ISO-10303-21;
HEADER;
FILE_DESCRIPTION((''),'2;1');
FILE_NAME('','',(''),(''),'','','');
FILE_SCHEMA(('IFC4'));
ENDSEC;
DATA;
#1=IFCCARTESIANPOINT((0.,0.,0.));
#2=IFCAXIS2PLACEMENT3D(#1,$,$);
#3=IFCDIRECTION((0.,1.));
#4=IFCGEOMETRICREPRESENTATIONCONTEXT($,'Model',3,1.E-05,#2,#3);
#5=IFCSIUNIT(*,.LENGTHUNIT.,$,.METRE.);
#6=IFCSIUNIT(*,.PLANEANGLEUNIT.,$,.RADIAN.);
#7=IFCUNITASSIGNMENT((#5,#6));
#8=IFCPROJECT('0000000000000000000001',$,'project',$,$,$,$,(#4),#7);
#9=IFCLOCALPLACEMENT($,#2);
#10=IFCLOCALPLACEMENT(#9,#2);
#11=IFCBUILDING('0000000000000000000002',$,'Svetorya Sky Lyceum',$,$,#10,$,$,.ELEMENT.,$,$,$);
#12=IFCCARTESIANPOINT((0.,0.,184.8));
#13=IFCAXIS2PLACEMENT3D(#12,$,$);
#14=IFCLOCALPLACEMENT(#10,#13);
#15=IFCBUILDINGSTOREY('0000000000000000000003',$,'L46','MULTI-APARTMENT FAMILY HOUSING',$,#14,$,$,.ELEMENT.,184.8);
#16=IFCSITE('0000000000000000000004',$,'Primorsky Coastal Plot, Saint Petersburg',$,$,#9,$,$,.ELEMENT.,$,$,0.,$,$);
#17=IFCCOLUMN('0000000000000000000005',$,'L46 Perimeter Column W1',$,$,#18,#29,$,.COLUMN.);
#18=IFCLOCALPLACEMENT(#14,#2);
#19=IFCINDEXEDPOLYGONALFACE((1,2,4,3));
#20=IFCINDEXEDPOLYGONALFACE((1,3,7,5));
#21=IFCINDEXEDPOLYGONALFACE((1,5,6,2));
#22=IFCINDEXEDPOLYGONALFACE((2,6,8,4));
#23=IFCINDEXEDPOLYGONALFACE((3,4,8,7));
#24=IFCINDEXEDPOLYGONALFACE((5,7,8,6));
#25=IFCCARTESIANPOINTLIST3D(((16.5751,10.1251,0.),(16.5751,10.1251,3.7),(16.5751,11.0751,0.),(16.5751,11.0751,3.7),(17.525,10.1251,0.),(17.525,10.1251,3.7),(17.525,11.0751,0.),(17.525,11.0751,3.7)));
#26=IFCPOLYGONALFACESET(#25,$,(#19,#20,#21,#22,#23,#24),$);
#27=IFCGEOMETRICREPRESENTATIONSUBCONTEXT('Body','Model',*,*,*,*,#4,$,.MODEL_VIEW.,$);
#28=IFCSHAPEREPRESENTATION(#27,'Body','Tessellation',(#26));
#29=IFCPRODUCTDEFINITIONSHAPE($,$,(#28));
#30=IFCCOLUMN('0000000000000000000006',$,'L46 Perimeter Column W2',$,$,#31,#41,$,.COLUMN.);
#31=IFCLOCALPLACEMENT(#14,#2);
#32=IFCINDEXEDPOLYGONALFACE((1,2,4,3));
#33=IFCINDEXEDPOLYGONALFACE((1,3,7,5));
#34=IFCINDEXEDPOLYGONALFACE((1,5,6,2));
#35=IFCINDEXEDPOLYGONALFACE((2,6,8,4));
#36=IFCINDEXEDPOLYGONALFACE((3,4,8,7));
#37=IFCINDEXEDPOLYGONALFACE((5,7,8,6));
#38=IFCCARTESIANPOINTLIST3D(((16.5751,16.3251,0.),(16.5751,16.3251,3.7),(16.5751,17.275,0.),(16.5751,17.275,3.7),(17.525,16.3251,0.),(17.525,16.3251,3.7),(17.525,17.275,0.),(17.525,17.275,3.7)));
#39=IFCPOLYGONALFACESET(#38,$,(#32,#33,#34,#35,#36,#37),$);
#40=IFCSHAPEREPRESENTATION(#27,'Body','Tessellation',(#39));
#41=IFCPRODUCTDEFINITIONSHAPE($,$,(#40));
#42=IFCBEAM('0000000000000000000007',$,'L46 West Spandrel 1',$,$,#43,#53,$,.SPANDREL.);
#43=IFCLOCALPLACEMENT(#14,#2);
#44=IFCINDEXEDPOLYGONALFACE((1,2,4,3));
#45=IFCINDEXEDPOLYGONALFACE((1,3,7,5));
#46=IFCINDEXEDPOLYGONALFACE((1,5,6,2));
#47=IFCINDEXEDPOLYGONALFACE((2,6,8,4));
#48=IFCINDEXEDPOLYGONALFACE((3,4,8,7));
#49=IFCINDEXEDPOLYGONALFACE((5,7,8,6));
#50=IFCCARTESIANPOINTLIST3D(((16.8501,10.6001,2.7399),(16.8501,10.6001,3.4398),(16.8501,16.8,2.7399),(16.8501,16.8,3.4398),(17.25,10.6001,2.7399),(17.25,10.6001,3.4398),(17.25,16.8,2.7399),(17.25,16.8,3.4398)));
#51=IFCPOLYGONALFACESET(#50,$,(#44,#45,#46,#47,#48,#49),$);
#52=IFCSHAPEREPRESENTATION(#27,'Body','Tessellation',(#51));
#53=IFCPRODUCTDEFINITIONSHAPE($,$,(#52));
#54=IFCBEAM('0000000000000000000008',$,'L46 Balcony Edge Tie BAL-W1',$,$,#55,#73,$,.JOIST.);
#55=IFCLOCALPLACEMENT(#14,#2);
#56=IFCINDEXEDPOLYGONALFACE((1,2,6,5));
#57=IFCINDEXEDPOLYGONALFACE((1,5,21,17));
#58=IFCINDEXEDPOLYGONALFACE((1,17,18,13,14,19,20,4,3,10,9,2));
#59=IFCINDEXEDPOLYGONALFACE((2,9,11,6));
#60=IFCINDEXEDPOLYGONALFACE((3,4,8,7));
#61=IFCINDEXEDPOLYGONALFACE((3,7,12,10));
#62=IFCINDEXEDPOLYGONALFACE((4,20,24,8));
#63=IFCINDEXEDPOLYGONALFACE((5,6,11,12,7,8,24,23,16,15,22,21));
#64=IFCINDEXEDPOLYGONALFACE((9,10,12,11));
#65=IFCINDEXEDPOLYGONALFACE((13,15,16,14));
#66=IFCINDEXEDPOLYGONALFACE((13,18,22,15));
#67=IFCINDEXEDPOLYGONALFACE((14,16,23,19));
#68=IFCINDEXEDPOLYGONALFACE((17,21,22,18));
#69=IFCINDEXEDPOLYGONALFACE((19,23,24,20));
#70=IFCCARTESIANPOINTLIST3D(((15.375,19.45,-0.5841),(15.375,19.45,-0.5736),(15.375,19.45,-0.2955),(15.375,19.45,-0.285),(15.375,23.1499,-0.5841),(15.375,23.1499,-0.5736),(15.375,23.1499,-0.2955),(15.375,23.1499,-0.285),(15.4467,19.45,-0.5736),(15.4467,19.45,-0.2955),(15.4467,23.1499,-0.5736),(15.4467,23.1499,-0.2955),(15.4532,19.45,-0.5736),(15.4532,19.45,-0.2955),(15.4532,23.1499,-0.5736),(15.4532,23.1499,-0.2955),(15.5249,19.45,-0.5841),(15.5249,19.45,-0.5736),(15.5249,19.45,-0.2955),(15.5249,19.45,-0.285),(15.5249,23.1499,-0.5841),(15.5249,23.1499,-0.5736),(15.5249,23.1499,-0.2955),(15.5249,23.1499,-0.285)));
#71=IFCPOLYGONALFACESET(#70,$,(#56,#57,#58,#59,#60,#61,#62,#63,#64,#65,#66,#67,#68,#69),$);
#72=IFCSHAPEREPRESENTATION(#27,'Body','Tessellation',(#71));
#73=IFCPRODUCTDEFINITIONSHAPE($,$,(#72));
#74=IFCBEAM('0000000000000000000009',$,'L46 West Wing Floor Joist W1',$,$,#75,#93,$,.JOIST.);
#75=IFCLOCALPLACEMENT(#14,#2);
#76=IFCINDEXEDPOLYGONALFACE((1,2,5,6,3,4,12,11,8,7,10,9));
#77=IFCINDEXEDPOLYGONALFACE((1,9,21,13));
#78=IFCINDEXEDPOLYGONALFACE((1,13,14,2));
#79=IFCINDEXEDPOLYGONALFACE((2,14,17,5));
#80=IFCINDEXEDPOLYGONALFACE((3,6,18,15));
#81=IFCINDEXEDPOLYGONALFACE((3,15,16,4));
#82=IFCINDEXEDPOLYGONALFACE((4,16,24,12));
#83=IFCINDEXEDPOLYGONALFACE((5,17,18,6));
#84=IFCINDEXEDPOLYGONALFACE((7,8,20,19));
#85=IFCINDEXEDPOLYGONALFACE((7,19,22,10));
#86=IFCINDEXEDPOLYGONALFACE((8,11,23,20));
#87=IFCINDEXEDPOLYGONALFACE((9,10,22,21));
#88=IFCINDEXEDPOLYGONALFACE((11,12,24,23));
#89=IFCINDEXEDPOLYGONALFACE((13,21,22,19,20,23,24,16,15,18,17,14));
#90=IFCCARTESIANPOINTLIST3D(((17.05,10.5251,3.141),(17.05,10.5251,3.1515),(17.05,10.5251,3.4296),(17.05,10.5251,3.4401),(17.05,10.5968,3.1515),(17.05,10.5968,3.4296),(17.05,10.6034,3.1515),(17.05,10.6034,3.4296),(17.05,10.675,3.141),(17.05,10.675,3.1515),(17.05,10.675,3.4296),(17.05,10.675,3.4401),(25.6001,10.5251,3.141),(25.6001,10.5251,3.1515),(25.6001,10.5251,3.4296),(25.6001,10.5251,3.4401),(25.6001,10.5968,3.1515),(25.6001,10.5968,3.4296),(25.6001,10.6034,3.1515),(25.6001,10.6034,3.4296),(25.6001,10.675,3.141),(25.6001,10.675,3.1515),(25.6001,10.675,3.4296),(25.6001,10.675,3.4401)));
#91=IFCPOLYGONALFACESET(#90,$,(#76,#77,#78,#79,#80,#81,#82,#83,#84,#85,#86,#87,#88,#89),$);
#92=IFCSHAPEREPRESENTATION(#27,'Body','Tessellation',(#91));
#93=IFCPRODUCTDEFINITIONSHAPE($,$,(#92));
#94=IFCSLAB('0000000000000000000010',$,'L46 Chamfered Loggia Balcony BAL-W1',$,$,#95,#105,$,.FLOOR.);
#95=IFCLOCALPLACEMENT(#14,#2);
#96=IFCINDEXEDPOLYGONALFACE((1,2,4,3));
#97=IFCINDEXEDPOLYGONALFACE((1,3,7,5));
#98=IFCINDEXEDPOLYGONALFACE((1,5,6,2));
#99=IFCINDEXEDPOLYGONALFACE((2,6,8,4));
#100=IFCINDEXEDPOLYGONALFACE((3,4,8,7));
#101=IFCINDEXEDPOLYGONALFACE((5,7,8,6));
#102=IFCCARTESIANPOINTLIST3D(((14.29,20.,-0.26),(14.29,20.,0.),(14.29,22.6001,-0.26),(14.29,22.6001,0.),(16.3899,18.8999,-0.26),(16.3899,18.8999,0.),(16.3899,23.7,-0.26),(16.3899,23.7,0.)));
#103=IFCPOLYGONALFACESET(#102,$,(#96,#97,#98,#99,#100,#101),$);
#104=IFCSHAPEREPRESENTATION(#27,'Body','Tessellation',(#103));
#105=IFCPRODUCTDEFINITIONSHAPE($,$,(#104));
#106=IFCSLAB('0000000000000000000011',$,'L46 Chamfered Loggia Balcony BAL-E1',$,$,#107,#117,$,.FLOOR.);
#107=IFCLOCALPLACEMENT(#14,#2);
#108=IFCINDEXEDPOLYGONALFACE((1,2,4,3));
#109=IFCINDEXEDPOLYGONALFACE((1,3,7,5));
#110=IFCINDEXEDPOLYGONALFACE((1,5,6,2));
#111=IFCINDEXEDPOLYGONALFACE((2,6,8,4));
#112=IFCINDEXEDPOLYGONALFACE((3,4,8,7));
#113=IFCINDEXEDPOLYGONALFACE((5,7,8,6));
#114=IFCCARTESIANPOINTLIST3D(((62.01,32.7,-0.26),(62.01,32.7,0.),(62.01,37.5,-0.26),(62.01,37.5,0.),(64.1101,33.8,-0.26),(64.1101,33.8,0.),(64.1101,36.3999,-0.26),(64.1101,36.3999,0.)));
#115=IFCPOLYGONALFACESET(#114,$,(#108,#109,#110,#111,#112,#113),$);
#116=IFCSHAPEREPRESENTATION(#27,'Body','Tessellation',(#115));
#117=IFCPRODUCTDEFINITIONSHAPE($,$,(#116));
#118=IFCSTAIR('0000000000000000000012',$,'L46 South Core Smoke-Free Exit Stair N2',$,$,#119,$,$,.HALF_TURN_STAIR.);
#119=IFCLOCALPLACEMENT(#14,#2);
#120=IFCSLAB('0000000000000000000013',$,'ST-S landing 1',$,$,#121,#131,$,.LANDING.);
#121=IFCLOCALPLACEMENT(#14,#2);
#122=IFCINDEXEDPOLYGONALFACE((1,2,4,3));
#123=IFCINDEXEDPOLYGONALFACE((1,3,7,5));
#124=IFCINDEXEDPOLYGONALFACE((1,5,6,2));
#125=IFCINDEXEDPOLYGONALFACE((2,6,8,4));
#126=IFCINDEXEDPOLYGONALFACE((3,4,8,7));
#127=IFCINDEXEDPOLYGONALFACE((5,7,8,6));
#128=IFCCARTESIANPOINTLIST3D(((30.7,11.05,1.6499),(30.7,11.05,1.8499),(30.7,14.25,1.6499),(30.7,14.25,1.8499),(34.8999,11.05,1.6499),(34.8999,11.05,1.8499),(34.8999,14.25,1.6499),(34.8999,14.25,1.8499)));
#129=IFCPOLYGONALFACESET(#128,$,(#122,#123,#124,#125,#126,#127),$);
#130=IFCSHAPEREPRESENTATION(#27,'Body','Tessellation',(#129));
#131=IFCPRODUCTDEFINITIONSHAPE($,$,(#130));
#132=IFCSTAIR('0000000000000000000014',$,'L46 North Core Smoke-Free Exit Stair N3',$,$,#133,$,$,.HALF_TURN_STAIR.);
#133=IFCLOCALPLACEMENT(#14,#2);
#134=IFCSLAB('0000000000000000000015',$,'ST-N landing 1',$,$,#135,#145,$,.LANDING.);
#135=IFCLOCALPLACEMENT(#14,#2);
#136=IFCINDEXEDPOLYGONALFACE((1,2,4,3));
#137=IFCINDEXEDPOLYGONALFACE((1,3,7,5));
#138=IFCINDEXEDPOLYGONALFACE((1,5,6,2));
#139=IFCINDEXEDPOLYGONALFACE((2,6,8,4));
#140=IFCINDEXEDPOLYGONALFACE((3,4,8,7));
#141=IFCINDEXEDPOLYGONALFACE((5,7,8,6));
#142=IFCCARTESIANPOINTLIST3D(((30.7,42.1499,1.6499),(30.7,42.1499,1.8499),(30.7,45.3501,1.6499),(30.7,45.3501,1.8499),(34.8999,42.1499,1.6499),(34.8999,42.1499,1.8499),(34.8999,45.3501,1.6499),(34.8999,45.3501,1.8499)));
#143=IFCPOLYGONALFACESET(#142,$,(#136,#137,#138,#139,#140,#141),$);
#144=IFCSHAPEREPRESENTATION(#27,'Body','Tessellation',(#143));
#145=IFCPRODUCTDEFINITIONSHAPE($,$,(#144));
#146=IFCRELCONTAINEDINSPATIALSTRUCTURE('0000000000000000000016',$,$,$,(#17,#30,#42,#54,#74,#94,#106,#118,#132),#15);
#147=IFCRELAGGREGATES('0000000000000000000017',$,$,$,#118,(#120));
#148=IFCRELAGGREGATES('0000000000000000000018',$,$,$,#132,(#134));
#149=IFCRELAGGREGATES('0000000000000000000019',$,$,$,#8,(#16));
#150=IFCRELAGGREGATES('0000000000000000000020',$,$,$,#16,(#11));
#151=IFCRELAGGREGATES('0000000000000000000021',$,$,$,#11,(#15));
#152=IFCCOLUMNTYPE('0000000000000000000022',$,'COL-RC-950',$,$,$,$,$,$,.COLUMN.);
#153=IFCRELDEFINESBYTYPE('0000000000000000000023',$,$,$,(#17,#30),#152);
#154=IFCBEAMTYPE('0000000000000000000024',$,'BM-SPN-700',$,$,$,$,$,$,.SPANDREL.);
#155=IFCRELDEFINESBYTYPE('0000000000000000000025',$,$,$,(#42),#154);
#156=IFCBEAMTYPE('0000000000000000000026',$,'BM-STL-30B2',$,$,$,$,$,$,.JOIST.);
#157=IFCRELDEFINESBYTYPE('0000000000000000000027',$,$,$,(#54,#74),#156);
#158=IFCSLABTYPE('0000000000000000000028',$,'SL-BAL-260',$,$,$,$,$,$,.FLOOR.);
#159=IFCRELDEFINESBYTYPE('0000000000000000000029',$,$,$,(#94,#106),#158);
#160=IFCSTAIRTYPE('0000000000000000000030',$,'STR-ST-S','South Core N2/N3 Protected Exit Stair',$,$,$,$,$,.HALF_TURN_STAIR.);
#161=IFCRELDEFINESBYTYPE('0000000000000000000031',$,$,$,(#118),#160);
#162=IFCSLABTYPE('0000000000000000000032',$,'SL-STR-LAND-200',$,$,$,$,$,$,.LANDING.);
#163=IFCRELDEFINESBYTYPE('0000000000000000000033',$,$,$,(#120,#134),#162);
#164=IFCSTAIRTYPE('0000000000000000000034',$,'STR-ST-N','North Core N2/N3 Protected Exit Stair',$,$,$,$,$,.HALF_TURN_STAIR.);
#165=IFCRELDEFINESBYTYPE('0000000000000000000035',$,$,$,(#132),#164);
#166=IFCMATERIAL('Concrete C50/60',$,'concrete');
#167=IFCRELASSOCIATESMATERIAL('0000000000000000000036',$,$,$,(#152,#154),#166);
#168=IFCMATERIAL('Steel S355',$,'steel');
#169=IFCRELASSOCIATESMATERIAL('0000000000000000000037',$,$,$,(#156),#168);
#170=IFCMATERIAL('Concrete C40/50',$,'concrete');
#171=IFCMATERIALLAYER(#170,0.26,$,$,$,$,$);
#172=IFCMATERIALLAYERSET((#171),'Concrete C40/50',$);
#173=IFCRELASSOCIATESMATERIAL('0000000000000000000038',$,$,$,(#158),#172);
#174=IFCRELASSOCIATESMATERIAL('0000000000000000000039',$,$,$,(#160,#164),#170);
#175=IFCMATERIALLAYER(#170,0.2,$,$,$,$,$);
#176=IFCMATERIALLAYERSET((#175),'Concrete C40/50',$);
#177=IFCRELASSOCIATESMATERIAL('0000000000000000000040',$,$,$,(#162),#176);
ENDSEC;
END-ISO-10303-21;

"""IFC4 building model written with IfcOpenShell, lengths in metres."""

from ifc_helpers import new_model, si_unit, direction, frame, origin, origin_2d, place, context, subcontext, project, spatial, polyline, rectangle, i_section, outline, extrude, material, layer, layer_set, material_profile, profile_set, type_object, element, aggregate, save


model = new_model("IFC4")

# Units and contexts
model_context = context("Model", 3, precision=1e-05, world=origin(), true_north=direction((0.0, 1.0)))
body_context = subcontext(model_context, "Body", "Model", "MODEL_VIEW")
ifc_project = project(units=[si_unit("LENGTHUNIT", "METRE"), si_unit("PLANEANGLEUNIT", "RADIAN")], contexts=[model_context])

# Site, building, storey
site_placement = place(None, origin())
site = spatial("IfcSite", under=ifc_project, at=site_placement, Name="Primorsky Coastal Plot, Saint Petersburg", CompositionType="ELEMENT", RefElevation=0.0)
building_placement = place(site_placement, origin())
building = spatial("IfcBuilding", under=site, at=building_placement, Name="Svetorya Sky Lyceum", CompositionType="ELEMENT")
storey_placement = place(building_placement, frame((0.0, 0.0, 184.8)))
storey = spatial("IfcBuildingStorey", under=building, at=storey_placement, Name="L46", Description="MULTI-APARTMENT FAMILY HOUSING", CompositionType="ELEMENT", Elevation=184.8)

# Columns
ifc_material_1 = material(Name="Concrete C50/60", Category="concrete")
ifc_material_profile_1 = material_profile(ifc_material_1, rectangle(XDim=0.95, YDim=0.95, at=origin_2d()), Name="RC COL 950x950")
ifc_profile_set_1 = profile_set([ifc_material_profile_1], Name="Concrete C50/60")
column_type = type_object("IfcColumnType", Name="COL-RC-950", PredefinedType="COLUMN", material=ifc_profile_set_1)
for number, where, z_axis, x_axis, name in (
    (1, (17.05, 10.6001, 0.0), (0.0, 0.0, 1.0), (1.0, 0.0, 0.0), "L46 Perimeter Column W1"),
    (2, (17.05, 16.8, 0.0), (0.0, 0.0, 1.0), (1.0, 0.0, 0.0), "L46 Perimeter Column W2"),
):
    element("IfcColumn", number, at=place(storey_placement, frame(where, z_axis=z_axis, x_axis=x_axis)), inside=storey, type_object=column_type, Name=name, PredefinedType="COLUMN", context=body_context, shape_type="SweptSolid", body=[
        extrude(rectangle(XDim=0.95, YDim=0.95, at=origin_2d()), origin(), (0.0, 0.0, 1.0), 3.7),
    ])

# Beams
ifc_material_profile_2 = material_profile(ifc_material_1, rectangle(XDim=0.3999, YDim=0.7, at=origin_2d()), Name="RC SPANDREL 400x700")
ifc_profile_set_2 = profile_set([ifc_material_profile_2], Name="Concrete C50/60")
beam_type_1 = type_object("IfcBeamType", Name="BM-SPN-700", PredefinedType="SPANDREL", material=ifc_profile_set_2)
beam_1_placement = place(storey_placement, frame((17.05, 10.6001, 3.0898), z_axis=(0.0, 1.0, 0.0), x_axis=(-1.0, 0.0, 0.0)))
element("IfcBeam", 3, at=beam_1_placement, inside=storey, type_object=beam_type_1, Name="L46 West Spandrel 1", PredefinedType="SPANDREL", context=body_context, shape_type="SweptSolid", body=[
    extrude(rectangle(XDim=0.3999, YDim=0.7, at=origin_2d()), origin(), (0.0, 0.0, 1.0), 6.2),
])
ifc_material_2 = material(Name="Steel S355", Category="steel")
ifc_material_profile_3 = material_profile(ifc_material_2, i_section(OverallWidth=0.1499, OverallDepth=0.2991, WebThickness=0.0066, FlangeThickness=0.0105, at=origin_2d()), Name="GOST 30B2")
ifc_profile_set_3 = profile_set([ifc_material_profile_3], Name="Steel S355")
beam_type_2 = type_object("IfcBeamType", Name="BM-STL-30B2", PredefinedType="JOIST", material=ifc_profile_set_3)
beam_2_placement = place(storey_placement, frame((15.45, 19.45, -0.4346), z_axis=(0.0, 1.0, 0.0), x_axis=(-1.0, 0.0, 0.0)))
element("IfcBeam", 4, at=beam_2_placement, inside=storey, type_object=beam_type_2, Name="L46 Balcony Edge Tie BAL-W1", PredefinedType="JOIST", context=body_context, shape_type="SweptSolid", body=[
    extrude(i_section(OverallWidth=0.1499, OverallDepth=0.2991, WebThickness=0.0066, FlangeThickness=0.0105, at=origin_2d()), origin(), (0.0, 0.0, 1.0), 3.7),
])
beam_3_placement = place(storey_placement, frame((17.05, 10.6001, 3.2905), z_axis=(1.0, 0.0, 0.0), x_axis=(0.0, 1.0, 0.0)))
element("IfcBeam", 5, at=beam_3_placement, inside=storey, type_object=beam_type_2, Name="L46 West Wing Floor Joist W1", PredefinedType="JOIST", context=body_context, shape_type="SweptSolid", body=[
    extrude(i_section(OverallWidth=0.1499, OverallDepth=0.2991, WebThickness=0.0066, FlangeThickness=0.0105, at=origin_2d()), origin(), (0.0, 0.0, 1.0), 8.55),
])

# Slabs
ifc_material_3 = material(Name="Concrete C40/50", Category="concrete")
ifc_layer_1 = layer(ifc_material_3, 0.26)
ifc_layer_set_1 = layer_set([ifc_layer_1], Name="Concrete C40/50")
slab_type_1 = type_object("IfcSlabType", Name="SL-BAL-260", PredefinedType="FLOOR", material=ifc_layer_set_1)
slab_1_placement = place(storey_placement, frame((0.0, 0.0, -0.26)))
element("IfcSlab", 6, at=slab_1_placement, inside=storey, type_object=slab_type_1, Name="L46 Chamfered Loggia Balcony BAL-W1", PredefinedType="FLOOR", context=body_context, shape_type="SweptSolid", body=[
    extrude(outline(polyline([(16.3899, 18.8999), (16.3899, 23.7), (14.29, 22.6001), (14.29, 20.0), (16.3899, 18.8999)])), origin(), (0.0, 0.0, 1.0), 0.26),
])
slab_2_placement = place(storey_placement, frame((0.0, 0.0, -0.26)))
element("IfcSlab", 7, at=slab_2_placement, inside=storey, type_object=slab_type_1, Name="L46 Chamfered Loggia Balcony BAL-E1", PredefinedType="FLOOR", context=body_context, shape_type="SweptSolid", body=[
    extrude(outline(polyline([(62.01, 32.7), (64.1101, 33.8), (64.1101, 36.3999), (62.01, 37.5), (62.01, 32.7)])), origin(), (0.0, 0.0, 1.0), 0.26),
])

# Stairs, slabs
stair_type_1 = type_object("IfcStairType", Name="STR-ST-S", Description="South Core N2/N3 Protected Exit Stair", PredefinedType="HALF_TURN_STAIR", material=ifc_material_3)
stair_1_placement = place(storey_placement, origin())
stair_1 = element("IfcStair", 8, at=stair_1_placement, inside=storey, type_object=stair_type_1, Name="L46 South Core Smoke-Free Exit Stair N2", PredefinedType="HALF_TURN_STAIR")
ifc_layer_2 = layer(ifc_material_3, 0.2)
ifc_layer_set_2 = layer_set([ifc_layer_2], Name="Concrete C40/50")
slab_type_2 = type_object("IfcSlabType", Name="SL-STR-LAND-200", PredefinedType="LANDING", material=ifc_layer_set_2)
slab_3_placement = place(storey_placement, frame((0.0, 0.0, 1.6499)))
slab_3 = element("IfcSlab", 9, at=slab_3_placement, type_object=slab_type_2, Name="ST-S landing 1", PredefinedType="LANDING", context=body_context, shape_type="SweptSolid", body=[
    extrude(outline(polyline([(30.7, 11.05), (34.8999, 11.05), (34.8999, 14.25), (30.7, 14.25), (30.7, 11.05)])), origin(), (0.0, 0.0, 1.0), 0.2),
])
aggregate(stair_1, [slab_3])
stair_type_2 = type_object("IfcStairType", Name="STR-ST-N", Description="North Core N2/N3 Protected Exit Stair", PredefinedType="HALF_TURN_STAIR", material=ifc_material_3)
stair_2_placement = place(storey_placement, origin())
stair_2 = element("IfcStair", 10, at=stair_2_placement, inside=storey, type_object=stair_type_2, Name="L46 North Core Smoke-Free Exit Stair N3", PredefinedType="HALF_TURN_STAIR")
slab_4_placement = place(storey_placement, frame((0.0, 0.0, 1.6499)))
slab_4 = element("IfcSlab", 11, at=slab_4_placement, type_object=slab_type_2, Name="ST-N landing 1", PredefinedType="LANDING", context=body_context, shape_type="SweptSolid", body=[
    extrude(outline(polyline([(30.7, 42.1499), (34.8999, 42.1499), (34.8999, 45.3501), (30.7, 45.3501), (30.7, 42.1499)])), origin(), (0.0, 0.0, 1.0), 0.2),
])
aggregate(stair_2, [slab_4])

save(model, "model.ifc")
